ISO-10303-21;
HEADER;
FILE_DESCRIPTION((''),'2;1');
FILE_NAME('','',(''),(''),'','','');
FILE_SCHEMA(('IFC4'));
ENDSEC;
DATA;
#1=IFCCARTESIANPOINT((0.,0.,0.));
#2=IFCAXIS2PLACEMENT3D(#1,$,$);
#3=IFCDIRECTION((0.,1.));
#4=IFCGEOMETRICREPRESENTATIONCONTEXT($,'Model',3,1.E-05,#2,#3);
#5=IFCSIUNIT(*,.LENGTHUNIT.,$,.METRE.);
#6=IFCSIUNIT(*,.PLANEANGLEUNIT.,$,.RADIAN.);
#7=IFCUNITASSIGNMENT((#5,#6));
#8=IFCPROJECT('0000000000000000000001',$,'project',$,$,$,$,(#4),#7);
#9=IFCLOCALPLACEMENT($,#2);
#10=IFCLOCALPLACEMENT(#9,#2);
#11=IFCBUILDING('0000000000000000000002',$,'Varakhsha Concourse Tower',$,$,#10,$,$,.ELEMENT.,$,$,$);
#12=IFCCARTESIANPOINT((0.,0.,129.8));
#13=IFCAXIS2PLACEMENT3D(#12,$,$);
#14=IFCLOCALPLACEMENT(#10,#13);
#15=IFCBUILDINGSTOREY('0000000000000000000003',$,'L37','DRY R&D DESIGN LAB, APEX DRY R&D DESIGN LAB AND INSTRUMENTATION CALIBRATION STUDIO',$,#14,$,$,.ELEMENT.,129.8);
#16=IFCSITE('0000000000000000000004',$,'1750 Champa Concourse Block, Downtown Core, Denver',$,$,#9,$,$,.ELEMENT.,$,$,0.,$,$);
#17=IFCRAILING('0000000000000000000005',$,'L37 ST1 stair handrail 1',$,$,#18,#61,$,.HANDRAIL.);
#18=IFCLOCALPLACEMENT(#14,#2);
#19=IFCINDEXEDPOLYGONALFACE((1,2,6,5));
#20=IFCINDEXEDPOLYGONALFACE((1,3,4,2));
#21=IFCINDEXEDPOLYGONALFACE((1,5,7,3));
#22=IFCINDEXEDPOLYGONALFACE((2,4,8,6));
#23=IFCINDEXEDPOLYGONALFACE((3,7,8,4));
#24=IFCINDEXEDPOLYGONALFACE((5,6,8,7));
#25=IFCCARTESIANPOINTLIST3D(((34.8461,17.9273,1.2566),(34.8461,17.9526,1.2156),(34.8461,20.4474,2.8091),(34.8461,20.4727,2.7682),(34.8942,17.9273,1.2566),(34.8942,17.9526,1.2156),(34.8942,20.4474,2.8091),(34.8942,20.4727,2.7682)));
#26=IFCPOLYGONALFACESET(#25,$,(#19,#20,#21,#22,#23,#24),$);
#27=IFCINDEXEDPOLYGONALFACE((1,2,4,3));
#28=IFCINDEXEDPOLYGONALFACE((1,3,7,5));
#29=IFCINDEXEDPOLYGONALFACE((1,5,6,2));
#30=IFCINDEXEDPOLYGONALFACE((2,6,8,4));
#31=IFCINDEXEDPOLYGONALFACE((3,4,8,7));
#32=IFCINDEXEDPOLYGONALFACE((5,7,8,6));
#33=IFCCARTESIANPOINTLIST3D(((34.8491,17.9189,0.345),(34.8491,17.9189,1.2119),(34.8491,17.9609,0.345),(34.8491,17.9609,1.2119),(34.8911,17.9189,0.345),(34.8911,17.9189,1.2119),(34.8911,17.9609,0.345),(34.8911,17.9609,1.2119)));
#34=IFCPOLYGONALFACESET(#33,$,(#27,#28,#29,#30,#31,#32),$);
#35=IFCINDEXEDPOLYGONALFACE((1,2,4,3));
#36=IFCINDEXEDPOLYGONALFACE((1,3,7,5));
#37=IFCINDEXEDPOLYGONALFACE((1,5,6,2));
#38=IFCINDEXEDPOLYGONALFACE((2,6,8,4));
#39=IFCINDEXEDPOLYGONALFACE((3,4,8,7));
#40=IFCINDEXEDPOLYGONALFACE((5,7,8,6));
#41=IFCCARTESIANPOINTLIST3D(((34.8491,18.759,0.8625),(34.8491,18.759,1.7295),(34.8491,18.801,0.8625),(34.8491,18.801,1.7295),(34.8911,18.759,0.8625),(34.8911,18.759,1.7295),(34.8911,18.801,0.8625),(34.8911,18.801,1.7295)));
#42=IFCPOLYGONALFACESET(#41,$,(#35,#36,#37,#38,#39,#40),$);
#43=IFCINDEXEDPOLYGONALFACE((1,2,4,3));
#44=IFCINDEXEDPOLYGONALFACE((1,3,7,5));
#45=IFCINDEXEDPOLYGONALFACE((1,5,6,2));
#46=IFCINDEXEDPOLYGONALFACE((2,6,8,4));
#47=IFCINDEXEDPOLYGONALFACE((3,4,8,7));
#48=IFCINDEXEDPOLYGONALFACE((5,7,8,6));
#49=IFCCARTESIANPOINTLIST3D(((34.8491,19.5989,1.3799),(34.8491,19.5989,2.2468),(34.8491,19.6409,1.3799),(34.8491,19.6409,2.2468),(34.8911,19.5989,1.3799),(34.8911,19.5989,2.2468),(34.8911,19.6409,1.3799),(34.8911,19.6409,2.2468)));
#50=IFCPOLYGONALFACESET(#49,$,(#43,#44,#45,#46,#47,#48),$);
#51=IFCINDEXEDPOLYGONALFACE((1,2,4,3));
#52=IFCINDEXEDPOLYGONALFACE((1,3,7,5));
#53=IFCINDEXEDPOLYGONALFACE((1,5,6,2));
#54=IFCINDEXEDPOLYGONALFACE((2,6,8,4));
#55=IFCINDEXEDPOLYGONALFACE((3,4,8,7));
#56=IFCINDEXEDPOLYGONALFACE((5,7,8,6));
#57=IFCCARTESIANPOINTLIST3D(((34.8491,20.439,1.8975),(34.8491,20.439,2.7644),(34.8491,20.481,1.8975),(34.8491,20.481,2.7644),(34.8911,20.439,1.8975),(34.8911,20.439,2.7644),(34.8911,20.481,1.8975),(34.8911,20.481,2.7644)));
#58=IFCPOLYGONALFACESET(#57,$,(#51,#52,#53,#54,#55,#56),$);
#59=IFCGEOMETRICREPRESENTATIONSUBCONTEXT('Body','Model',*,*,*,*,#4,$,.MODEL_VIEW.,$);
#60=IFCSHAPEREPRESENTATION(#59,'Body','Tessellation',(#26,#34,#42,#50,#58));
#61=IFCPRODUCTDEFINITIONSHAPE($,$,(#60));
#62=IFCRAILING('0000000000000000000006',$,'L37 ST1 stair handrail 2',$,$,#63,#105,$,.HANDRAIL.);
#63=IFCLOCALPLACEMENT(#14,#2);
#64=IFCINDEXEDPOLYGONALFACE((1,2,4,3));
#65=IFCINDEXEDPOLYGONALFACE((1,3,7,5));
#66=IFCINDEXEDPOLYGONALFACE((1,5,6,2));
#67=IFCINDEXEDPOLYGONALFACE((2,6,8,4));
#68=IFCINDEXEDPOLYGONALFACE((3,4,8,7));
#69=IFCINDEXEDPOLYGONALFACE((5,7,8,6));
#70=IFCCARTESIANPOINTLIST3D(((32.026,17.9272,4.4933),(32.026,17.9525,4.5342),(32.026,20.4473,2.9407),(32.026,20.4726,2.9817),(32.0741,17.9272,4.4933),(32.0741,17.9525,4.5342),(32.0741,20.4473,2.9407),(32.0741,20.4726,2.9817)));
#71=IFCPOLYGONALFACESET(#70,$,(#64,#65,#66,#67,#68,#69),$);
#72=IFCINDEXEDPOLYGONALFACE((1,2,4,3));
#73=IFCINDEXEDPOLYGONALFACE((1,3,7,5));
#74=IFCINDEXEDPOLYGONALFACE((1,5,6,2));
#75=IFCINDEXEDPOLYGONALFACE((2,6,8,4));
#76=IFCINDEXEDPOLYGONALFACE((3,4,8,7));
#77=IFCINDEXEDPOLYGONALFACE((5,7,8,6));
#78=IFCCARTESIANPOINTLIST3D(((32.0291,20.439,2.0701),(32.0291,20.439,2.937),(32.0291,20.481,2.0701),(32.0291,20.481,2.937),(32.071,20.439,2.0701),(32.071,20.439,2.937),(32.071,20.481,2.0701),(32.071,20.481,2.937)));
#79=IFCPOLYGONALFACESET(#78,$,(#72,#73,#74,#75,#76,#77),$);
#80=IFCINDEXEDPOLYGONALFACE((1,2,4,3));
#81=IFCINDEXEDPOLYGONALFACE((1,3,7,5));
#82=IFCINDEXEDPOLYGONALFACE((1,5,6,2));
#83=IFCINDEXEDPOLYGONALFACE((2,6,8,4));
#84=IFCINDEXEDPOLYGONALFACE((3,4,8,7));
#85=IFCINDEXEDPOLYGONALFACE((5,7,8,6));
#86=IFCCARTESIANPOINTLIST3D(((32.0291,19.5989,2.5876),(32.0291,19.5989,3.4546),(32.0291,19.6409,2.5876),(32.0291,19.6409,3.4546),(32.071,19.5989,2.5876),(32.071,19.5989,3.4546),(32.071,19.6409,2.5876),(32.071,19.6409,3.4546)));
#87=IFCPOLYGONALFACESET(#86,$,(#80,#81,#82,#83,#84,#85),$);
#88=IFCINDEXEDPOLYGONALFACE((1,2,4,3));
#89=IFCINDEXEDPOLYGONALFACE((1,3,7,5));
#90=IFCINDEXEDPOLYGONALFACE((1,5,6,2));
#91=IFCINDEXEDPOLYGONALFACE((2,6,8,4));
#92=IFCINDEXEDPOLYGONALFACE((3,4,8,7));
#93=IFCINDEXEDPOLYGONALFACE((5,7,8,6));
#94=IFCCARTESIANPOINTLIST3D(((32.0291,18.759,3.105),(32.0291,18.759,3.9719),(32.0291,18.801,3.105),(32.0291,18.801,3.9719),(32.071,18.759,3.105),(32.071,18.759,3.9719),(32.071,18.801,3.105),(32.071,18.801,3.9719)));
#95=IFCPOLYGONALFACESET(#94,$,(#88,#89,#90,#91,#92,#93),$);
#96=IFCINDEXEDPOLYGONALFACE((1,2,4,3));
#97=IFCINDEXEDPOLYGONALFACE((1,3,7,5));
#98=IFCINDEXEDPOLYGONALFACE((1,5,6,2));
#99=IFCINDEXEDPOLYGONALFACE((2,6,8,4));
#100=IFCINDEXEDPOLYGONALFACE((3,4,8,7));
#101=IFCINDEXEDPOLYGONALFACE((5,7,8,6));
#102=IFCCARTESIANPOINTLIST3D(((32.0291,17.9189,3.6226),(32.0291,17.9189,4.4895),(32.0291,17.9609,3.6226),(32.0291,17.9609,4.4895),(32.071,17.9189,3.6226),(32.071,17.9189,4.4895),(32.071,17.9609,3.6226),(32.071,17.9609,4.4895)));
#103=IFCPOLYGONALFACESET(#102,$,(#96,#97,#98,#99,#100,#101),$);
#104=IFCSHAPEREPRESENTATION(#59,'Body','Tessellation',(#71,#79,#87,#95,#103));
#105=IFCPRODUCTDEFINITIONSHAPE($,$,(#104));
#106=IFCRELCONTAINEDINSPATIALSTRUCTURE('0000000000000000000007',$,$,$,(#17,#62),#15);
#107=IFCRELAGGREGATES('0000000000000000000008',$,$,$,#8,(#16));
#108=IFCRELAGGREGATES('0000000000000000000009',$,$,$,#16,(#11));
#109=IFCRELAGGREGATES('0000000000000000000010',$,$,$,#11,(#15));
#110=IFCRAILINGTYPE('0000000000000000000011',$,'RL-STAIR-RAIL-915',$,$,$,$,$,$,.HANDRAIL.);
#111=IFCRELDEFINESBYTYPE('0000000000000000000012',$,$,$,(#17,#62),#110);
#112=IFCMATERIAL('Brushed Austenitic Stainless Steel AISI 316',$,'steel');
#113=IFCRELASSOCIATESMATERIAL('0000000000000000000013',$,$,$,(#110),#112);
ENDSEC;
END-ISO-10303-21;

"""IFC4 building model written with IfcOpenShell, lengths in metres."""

from ifc_helpers import new_model, si_unit, direction, frame, origin, origin_2d, place, context, subcontext, project, spatial, rectangle, extrude, material, type_object, element, save


model = new_model("IFC4")

# Units and contexts
model_context = context("Model", 3, precision=1e-05, world=origin(), true_north=direction((0.0, 1.0)))
body_context = subcontext(model_context, "Body", "Model", "MODEL_VIEW")
ifc_project = project(units=[si_unit("LENGTHUNIT", "METRE"), si_unit("PLANEANGLEUNIT", "RADIAN")], contexts=[model_context])

# Site, building, storey
site_placement = place(None, origin())
site = spatial("IfcSite", under=ifc_project, at=site_placement, Name="1750 Champa Concourse Block, Downtown Core, Denver", CompositionType="ELEMENT", RefElevation=0.0)
building_placement = place(site_placement, origin())
building = spatial("IfcBuilding", under=site, at=building_placement, Name="Varakhsha Concourse Tower", CompositionType="ELEMENT")
storey_placement = place(building_placement, frame((0.0, 0.0, 129.8)))
storey = spatial("IfcBuildingStorey", under=building, at=storey_placement, Name="L37", Description="DRY R&D DESIGN LAB, APEX DRY R&D DESIGN LAB AND INSTRUMENTATION CALIBRATION STUDIO", CompositionType="ELEMENT", Elevation=129.8)

# Railings
ifc_material_1 = material(Name="Brushed Austenitic Stainless Steel AISI 316", Category="steel")
railing_type_1 = type_object("IfcRailingType", Name="RL-STAIR-RAIL-915", PredefinedType="HANDRAIL", material=ifc_material_1)
railing_1_placement = place(storey_placement, frame((34.8701, 17.9399, 0.345)))
element("IfcRailing", 1, at=railing_1_placement, inside=storey, type_object=railing_type_1, Name="L37 ST1 stair handrail 1", PredefinedType="HANDRAIL", context=body_context, shape_type="SweptSolid", body=[
    extrude(rectangle(XDim=0.0481, YDim=0.0481, at=origin_2d()), frame((0.0, 0.0, 0.8911), z_axis=(0.0, 0.8514, 0.524516), x_axis=(-1.0, 0.0, 0.0)), (0.0, 0.0, 1.0), 2.96),
    extrude(rectangle(XDim=0.042, YDim=0.042, at=origin_2d()), origin(), (0.0, 0.0, 1.0), 0.8669),
    extrude(rectangle(XDim=0.042, YDim=0.042, at=origin_2d()), frame((0.0, 0.8401, 0.5176)), (0.0, 0.0, 1.0), 0.8669),
    extrude(rectangle(XDim=0.042, YDim=0.042, at=origin_2d()), frame((0.0, 1.6799, 1.0349)), (0.0, 0.0, 1.0), 0.8669),
    extrude(rectangle(XDim=0.042, YDim=0.042, at=origin_2d()), frame((0.0, 2.52, 1.5525)), (0.0, 0.0, 1.0), 0.8669),
])
railing_2_placement = place(storey_placement, frame((32.05, 20.46, 2.0701)))
element("IfcRailing", 2, at=railing_2_placement, inside=storey, type_object=railing_type_1, Name="L37 ST1 stair handrail 2", PredefinedType="HANDRAIL", context=body_context, shape_type="SweptSolid", body=[
    extrude(rectangle(XDim=0.0481, YDim=0.0481, at=origin_2d()), frame((0.0, 0.0, 0.8911), z_axis=(0.0, -0.8514, 0.524516), x_axis=(1.0, 0.0, 0.0)), (0.0, 0.0, 1.0), 2.96),
    extrude(rectangle(XDim=0.042, YDim=0.042, at=origin_2d()), origin(), (0.0, 0.0, 1.0), 0.8669),
    extrude(rectangle(XDim=0.042, YDim=0.042, at=origin_2d()), frame((0.0, -0.8401, 0.5176)), (0.0, 0.0, 1.0), 0.8669),
    extrude(rectangle(XDim=0.042, YDim=0.042, at=origin_2d()), frame((0.0, -1.6799, 1.0349)), (0.0, 0.0, 1.0), 0.8669),
    extrude(rectangle(XDim=0.042, YDim=0.042, at=origin_2d()), frame((0.0, -2.52, 1.5525)), (0.0, 0.0, 1.0), 0.8669),
])

save(model, "model.ifc")
